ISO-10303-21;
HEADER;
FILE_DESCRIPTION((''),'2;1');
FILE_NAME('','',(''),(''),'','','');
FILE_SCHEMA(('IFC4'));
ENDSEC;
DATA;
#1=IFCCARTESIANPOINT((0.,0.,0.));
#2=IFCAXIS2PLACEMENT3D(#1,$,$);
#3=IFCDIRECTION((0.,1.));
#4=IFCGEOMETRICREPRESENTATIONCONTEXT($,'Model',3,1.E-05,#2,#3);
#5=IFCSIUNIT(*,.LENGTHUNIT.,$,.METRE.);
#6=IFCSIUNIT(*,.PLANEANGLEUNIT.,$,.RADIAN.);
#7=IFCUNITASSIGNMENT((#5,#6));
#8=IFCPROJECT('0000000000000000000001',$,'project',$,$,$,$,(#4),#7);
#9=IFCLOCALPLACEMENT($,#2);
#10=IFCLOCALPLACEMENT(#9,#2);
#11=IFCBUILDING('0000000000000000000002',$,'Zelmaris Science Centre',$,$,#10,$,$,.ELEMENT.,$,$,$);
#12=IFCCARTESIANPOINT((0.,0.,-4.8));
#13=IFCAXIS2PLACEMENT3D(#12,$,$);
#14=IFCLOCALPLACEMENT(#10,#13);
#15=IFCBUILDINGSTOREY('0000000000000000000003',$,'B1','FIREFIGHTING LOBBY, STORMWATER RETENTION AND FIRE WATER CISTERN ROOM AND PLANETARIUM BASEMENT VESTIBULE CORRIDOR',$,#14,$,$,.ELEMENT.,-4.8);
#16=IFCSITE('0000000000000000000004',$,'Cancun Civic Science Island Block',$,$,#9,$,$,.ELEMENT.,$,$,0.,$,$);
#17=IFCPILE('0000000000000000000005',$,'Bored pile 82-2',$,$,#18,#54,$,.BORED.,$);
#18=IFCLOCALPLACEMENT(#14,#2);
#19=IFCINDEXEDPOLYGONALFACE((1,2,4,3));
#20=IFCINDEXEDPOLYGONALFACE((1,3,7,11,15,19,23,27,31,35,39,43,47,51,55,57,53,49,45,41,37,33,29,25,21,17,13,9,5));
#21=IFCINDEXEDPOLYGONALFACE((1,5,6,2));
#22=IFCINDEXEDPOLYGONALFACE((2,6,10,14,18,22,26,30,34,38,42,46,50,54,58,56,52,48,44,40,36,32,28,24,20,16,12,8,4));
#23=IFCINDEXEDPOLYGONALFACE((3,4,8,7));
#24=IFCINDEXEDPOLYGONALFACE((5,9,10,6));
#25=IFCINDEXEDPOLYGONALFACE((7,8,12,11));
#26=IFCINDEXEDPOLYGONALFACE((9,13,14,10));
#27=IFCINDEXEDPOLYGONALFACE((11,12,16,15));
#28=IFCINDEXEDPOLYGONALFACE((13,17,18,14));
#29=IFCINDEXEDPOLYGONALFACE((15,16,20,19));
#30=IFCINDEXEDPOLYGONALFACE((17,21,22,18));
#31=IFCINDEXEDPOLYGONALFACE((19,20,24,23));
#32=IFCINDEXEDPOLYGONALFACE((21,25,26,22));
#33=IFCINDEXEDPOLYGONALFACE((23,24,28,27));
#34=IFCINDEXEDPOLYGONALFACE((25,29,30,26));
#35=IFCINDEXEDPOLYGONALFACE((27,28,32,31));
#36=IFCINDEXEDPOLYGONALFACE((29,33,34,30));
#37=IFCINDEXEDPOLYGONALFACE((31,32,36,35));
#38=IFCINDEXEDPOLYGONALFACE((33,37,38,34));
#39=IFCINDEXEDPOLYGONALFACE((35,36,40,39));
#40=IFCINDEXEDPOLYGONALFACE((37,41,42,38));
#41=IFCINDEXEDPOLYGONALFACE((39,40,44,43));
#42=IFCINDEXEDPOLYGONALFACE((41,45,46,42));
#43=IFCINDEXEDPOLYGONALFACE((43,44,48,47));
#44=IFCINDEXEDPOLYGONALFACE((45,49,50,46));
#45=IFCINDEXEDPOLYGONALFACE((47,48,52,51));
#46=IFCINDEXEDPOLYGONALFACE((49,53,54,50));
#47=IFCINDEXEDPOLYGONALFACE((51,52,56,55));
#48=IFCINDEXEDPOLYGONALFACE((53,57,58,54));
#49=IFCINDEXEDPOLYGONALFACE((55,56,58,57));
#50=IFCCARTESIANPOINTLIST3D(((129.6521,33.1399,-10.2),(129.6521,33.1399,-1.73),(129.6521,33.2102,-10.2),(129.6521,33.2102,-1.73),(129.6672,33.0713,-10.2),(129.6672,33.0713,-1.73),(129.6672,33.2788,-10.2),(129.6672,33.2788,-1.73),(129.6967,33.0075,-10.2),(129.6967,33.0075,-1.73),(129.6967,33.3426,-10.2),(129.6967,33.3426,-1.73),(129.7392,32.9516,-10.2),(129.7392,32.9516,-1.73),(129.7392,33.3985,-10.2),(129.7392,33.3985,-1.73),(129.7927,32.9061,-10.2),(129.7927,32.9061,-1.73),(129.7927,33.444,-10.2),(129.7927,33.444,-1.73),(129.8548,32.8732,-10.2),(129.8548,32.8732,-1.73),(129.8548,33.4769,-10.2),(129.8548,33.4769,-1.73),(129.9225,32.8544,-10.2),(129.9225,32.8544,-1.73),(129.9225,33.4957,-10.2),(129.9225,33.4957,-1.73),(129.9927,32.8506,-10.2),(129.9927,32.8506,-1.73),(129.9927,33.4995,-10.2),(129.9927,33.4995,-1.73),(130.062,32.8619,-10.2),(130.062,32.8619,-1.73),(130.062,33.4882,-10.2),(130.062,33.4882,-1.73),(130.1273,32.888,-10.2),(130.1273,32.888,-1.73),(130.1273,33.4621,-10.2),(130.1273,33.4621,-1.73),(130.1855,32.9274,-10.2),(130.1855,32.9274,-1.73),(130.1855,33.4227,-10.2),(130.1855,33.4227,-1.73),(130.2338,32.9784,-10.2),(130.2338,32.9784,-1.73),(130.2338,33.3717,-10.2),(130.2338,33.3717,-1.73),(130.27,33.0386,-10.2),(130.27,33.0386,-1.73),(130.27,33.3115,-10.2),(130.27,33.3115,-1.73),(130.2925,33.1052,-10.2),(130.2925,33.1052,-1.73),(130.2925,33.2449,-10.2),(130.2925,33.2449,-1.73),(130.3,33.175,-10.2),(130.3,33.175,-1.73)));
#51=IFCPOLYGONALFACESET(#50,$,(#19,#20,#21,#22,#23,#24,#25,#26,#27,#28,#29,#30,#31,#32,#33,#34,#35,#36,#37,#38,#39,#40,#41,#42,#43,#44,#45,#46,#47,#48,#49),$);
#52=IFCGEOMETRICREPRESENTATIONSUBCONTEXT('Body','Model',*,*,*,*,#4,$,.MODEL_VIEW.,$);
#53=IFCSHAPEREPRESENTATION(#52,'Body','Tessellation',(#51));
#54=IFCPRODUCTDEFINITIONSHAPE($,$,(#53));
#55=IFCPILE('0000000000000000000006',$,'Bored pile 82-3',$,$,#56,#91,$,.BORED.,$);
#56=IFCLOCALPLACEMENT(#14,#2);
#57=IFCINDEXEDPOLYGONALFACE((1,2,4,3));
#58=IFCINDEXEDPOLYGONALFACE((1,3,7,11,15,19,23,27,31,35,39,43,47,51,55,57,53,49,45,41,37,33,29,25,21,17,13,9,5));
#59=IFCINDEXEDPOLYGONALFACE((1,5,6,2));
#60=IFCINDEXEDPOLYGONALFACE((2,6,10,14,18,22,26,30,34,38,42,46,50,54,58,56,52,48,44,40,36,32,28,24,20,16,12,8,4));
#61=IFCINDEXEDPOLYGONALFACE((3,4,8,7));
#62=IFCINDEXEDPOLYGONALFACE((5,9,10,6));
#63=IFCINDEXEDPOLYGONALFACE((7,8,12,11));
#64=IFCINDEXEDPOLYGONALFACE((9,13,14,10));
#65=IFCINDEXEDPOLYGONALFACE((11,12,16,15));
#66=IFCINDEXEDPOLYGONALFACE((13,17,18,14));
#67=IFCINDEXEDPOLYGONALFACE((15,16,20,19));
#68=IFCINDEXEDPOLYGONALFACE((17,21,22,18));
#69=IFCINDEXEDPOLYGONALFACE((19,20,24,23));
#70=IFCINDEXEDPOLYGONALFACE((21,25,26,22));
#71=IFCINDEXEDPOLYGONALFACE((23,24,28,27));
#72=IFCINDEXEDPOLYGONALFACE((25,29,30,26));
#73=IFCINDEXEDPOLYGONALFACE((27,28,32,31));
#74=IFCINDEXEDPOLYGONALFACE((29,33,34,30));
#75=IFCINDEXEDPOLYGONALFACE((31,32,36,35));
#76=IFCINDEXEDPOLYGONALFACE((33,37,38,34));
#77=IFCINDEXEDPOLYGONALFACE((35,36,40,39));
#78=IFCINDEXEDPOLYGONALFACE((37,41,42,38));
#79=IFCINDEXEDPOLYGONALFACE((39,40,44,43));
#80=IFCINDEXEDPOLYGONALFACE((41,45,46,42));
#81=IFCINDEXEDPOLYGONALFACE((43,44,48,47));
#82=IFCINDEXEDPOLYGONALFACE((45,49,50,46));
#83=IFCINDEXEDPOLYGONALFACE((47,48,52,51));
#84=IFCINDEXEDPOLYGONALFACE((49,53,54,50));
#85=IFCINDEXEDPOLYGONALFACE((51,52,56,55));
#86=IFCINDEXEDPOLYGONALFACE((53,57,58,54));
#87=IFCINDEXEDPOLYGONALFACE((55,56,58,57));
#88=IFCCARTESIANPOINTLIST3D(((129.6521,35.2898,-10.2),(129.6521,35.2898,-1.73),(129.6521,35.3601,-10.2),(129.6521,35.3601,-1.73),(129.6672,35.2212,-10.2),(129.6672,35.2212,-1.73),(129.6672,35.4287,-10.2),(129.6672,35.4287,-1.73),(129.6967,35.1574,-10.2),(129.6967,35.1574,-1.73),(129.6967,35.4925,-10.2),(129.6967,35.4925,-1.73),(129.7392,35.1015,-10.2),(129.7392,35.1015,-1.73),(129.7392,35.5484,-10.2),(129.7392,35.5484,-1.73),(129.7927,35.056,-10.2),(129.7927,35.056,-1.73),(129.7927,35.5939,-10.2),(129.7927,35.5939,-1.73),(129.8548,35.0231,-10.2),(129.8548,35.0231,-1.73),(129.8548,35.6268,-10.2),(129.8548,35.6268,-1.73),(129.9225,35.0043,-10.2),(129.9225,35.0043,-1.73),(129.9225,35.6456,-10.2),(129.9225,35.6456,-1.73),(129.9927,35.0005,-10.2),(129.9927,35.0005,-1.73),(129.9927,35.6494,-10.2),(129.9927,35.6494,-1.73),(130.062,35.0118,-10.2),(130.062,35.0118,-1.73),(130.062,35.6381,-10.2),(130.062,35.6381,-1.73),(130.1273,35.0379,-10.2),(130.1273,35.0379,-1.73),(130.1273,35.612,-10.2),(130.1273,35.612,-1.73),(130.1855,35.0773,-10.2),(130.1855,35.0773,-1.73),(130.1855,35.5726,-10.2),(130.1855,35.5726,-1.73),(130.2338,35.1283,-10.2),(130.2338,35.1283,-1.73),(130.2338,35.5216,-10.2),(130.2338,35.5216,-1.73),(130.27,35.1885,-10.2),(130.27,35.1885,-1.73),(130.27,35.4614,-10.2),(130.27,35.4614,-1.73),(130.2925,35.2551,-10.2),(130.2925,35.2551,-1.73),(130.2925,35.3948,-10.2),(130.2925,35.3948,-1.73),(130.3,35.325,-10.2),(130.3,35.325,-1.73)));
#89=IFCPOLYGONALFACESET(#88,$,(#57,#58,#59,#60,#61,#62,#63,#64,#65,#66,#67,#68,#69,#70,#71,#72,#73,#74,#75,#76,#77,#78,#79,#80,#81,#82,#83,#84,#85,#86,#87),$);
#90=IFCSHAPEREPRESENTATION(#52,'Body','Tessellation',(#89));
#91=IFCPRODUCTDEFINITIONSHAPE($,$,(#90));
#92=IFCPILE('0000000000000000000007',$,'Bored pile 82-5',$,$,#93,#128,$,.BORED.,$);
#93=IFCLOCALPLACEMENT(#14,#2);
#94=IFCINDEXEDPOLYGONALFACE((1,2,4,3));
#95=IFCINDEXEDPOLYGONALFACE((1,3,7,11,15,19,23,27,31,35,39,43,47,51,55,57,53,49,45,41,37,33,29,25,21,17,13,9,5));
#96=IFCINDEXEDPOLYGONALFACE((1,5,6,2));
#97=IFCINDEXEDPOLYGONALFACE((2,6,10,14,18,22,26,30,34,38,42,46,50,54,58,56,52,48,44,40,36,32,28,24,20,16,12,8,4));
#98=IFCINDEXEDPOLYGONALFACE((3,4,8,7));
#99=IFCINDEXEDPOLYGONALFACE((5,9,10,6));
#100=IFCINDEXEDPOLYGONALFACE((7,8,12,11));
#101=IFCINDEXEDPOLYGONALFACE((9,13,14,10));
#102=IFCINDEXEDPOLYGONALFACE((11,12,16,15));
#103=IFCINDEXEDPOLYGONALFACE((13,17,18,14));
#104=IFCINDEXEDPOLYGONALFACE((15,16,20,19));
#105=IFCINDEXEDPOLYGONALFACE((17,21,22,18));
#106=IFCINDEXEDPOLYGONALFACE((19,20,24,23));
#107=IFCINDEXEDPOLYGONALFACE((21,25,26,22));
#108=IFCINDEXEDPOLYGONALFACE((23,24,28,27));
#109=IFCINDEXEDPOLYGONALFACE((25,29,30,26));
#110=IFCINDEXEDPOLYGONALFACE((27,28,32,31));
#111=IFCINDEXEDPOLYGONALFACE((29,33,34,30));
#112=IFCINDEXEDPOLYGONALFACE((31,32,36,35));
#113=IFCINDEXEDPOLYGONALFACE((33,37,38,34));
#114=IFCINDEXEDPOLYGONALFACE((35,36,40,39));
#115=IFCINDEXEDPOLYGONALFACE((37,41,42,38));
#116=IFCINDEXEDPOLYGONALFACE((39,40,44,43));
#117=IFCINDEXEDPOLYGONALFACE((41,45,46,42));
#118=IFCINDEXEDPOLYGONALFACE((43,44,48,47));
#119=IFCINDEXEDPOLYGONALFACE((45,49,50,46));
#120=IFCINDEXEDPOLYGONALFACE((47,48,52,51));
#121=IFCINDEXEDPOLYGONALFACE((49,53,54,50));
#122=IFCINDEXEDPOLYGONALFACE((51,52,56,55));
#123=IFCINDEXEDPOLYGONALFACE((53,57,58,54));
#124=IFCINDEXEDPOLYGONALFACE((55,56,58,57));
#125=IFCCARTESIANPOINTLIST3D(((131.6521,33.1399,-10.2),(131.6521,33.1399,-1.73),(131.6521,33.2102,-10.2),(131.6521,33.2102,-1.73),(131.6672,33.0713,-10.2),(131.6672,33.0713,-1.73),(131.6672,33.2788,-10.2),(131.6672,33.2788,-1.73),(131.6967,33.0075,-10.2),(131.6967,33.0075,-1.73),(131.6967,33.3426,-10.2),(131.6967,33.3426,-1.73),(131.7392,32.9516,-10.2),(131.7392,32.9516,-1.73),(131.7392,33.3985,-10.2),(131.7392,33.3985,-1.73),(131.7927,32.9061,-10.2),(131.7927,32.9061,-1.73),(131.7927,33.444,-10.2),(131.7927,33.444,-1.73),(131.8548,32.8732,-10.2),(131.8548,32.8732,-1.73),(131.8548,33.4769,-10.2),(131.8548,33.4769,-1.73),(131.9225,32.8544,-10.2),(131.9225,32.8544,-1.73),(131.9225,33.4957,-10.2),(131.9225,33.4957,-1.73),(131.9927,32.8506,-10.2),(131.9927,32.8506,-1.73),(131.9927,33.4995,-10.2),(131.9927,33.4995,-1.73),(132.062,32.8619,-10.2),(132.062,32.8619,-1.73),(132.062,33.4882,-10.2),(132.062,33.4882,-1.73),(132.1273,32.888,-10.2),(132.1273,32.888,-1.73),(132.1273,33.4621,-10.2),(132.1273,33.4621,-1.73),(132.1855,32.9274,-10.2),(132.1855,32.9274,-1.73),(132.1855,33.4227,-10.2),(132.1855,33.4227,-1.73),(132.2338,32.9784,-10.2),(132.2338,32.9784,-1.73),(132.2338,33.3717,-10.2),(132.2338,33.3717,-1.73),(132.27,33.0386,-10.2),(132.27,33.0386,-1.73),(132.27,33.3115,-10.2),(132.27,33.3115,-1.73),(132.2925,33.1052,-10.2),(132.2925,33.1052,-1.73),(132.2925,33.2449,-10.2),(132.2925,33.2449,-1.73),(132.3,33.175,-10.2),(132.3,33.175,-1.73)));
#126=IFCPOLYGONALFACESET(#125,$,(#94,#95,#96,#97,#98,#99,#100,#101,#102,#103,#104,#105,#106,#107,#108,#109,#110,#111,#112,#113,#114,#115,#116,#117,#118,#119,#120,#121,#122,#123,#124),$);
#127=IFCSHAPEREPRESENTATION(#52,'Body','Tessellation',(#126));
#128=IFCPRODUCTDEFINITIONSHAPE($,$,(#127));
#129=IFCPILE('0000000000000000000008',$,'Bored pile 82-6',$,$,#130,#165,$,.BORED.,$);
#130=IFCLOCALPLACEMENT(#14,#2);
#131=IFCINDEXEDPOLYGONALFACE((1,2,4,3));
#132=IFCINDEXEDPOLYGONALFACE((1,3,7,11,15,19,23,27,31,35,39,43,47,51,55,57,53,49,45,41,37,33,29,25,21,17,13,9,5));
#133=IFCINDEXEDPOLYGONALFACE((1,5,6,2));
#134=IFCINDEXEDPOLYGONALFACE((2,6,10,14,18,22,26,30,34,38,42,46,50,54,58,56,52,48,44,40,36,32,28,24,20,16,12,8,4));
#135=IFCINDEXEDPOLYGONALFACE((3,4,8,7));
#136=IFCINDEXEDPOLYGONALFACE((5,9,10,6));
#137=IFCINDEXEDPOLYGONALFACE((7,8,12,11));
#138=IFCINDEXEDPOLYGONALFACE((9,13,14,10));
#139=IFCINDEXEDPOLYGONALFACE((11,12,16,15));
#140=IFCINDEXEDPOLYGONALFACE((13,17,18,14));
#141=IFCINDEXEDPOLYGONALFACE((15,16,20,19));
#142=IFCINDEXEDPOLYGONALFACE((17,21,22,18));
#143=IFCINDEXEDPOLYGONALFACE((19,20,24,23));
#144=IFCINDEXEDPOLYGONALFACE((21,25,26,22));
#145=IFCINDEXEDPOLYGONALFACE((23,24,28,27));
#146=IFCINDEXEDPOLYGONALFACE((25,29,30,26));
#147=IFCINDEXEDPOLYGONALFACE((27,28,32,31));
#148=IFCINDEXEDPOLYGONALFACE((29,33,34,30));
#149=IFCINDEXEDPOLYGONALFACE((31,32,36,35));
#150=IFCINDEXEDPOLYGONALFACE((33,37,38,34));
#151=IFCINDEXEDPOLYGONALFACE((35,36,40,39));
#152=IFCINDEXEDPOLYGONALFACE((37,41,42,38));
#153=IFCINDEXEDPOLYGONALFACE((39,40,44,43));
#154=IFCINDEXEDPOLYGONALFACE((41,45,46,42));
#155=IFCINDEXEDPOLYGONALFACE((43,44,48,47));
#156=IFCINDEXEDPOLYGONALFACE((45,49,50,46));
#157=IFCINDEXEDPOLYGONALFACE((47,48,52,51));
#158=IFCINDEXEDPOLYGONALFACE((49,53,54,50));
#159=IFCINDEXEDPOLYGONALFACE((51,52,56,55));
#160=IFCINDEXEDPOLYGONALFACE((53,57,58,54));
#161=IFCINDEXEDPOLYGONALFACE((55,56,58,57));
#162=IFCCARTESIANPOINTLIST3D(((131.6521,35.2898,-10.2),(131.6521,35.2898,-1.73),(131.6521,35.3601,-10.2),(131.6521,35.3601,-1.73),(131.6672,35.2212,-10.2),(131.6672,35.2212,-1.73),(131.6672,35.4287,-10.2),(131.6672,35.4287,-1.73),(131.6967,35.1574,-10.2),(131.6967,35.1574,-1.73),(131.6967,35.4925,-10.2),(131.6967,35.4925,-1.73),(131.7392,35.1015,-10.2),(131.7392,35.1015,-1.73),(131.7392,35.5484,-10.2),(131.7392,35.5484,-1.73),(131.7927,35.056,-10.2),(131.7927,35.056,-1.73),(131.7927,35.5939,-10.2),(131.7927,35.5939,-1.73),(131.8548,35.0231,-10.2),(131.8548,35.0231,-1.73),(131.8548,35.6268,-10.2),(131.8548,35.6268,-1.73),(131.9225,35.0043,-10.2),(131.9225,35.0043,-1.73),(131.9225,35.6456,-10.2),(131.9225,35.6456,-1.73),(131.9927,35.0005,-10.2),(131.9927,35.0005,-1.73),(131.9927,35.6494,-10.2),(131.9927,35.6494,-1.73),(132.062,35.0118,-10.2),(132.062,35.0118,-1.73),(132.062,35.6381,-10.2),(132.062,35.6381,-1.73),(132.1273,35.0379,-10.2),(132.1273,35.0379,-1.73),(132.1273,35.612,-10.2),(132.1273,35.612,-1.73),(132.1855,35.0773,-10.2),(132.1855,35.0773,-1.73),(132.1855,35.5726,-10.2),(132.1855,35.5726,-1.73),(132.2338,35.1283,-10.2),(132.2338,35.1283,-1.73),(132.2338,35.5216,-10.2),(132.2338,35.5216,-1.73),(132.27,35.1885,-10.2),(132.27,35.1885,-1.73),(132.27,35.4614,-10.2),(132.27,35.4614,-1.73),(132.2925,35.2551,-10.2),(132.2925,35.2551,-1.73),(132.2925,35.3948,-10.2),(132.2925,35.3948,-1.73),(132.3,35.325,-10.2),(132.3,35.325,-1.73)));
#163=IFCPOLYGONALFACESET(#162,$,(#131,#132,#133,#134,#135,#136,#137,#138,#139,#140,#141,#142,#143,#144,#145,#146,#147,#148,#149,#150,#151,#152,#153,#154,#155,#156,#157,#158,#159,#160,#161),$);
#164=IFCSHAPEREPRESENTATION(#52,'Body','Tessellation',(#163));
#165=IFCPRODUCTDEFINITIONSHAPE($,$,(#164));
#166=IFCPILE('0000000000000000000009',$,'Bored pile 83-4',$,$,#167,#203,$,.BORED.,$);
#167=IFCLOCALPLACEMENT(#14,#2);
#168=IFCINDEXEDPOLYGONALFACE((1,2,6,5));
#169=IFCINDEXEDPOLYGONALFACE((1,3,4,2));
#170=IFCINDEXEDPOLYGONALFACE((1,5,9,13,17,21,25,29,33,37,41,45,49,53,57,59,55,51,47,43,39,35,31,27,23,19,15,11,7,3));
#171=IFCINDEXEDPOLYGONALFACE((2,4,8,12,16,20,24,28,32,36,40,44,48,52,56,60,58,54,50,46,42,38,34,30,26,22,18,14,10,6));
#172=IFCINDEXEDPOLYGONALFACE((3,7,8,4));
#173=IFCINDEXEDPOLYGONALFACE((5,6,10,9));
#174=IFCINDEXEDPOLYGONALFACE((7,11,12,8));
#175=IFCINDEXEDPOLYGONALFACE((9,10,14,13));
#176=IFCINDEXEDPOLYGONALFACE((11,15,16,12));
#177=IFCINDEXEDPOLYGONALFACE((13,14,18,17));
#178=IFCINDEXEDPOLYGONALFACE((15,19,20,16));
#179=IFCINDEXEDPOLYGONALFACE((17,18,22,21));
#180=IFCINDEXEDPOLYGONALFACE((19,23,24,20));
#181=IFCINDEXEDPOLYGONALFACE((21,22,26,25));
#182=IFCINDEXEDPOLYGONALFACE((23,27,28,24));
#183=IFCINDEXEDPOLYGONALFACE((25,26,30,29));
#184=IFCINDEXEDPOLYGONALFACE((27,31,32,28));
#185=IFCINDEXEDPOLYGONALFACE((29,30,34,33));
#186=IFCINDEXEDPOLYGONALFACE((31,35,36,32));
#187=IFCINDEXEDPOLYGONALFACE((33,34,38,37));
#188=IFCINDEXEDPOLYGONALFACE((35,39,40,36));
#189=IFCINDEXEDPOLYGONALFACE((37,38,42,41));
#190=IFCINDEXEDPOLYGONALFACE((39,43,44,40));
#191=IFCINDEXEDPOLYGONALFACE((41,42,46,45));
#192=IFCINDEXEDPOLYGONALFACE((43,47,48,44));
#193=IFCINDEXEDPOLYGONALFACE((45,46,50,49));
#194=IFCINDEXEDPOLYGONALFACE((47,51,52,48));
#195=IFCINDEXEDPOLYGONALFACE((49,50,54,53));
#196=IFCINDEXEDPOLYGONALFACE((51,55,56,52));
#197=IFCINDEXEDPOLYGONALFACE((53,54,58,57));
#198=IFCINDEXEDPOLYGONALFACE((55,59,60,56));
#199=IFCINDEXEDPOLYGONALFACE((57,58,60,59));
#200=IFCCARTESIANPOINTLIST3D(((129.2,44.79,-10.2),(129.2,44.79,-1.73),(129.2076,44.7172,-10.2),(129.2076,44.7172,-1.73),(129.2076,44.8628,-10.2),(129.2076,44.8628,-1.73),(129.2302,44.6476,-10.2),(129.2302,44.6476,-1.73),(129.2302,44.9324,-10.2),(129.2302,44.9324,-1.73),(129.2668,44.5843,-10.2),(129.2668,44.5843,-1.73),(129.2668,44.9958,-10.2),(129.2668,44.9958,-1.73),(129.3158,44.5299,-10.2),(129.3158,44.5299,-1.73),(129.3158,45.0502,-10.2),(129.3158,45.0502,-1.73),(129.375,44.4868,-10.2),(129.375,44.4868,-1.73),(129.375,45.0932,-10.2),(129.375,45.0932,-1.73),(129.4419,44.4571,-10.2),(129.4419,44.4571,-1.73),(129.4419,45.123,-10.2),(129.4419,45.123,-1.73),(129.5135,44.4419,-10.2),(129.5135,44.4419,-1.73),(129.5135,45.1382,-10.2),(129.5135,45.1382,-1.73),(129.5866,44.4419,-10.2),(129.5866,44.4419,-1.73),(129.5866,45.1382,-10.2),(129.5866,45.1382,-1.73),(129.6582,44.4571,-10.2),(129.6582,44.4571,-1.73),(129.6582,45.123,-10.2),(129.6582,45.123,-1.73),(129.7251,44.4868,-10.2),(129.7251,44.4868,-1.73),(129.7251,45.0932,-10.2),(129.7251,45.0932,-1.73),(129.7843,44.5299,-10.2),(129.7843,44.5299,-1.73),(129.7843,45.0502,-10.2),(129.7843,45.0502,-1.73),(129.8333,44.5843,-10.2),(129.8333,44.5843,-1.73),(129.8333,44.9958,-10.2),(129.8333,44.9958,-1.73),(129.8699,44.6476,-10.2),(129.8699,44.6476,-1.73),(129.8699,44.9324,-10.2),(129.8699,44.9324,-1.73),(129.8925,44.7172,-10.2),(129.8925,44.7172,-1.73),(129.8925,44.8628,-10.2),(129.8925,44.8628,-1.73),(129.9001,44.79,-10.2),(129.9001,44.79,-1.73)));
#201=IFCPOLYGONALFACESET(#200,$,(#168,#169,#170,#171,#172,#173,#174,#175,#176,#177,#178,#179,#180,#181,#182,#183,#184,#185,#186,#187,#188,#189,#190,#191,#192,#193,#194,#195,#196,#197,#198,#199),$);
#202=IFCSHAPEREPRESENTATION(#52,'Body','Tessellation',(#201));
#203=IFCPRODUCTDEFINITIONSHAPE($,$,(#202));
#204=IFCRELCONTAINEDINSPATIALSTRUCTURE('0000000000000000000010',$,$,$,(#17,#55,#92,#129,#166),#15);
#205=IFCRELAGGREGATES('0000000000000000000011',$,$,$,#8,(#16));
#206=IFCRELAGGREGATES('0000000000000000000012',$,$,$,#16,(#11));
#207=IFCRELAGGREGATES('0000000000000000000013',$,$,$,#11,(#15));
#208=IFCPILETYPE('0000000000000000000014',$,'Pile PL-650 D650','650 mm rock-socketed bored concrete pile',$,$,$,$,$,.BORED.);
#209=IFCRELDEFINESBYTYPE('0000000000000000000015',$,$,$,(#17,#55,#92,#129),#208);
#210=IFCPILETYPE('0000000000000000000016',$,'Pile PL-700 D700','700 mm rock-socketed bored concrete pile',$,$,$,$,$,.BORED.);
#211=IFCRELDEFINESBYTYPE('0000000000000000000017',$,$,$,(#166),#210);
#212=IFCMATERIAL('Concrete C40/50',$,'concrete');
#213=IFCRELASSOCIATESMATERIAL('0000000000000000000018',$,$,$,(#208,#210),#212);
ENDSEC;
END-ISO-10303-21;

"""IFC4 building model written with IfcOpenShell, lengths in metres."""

from ifc_helpers import new_model, si_unit, direction, frame, origin, origin_2d, place, context, subcontext, project, spatial, circle, extrude, material, material_profile, profile_set, type_object, element, save


model = new_model("IFC4")

# Units and contexts
model_context = context("Model", 3, precision=1e-05, world=origin(), true_north=direction((0.0, 1.0)))
body_context = subcontext(model_context, "Body", "Model", "MODEL_VIEW")
ifc_project = project(units=[si_unit("LENGTHUNIT", "METRE"), si_unit("PLANEANGLEUNIT", "RADIAN")], contexts=[model_context])

# Site, building, storey
site_placement = place(None, origin())
site = spatial("IfcSite", under=ifc_project, at=site_placement, Name="Cancun Civic Science Island Block", CompositionType="ELEMENT", RefElevation=0.0)
building_placement = place(site_placement, origin())
building = spatial("IfcBuilding", under=site, at=building_placement, Name="Zelmaris Science Centre", CompositionType="ELEMENT")
storey_placement = place(building_placement, frame((0.0, 0.0, -4.8)))
storey = spatial("IfcBuildingStorey", under=building, at=storey_placement, Name="B1", Description="FIREFIGHTING LOBBY, STORMWATER RETENTION AND FIRE WATER CISTERN ROOM AND PLANETARIUM BASEMENT VESTIBULE CORRIDOR", CompositionType="ELEMENT", Elevation=-4.8)

# Piles
ifc_material_1 = material(Name="Concrete C40/50", Category="concrete")
ifc_material_profile_1 = material_profile(ifc_material_1, circle(Radius=0.325, at=origin_2d()), Name="PILE-650")
ifc_profile_set_1 = profile_set([ifc_material_profile_1], Name="Concrete C40/50")
pile_type_1 = type_object("IfcPileType", Name="Pile PL-650 D650", Description="650 mm rock-socketed bored concrete pile", PredefinedType="BORED", material=ifc_profile_set_1)
for number, where, z_axis, x_axis, name in (
    (1, (129.9751, 33.175, -1.73), (0.0, 0.0, -1.0), (1.0, 0.0, 0.0), "Bored pile 82-2"),
    (2, (129.9751, 35.325, -1.73), (0.0, 0.0, -1.0), (1.0, 0.0, 0.0), "Bored pile 82-3"),
    (3, (131.9751, 33.175, -1.73), (0.0, 0.0, -1.0), (1.0, 0.0, 0.0), "Bored pile 82-5"),
    (4, (131.9751, 35.325, -1.73), (0.0, 0.0, -1.0), (1.0, 0.0, 0.0), "Bored pile 82-6"),
):
    element("IfcPile", number, at=place(storey_placement, frame(where, z_axis=z_axis, x_axis=x_axis)), inside=storey, type_object=pile_type_1, Name=name, PredefinedType="BORED", context=body_context, shape_type="SweptSolid", body=[
        extrude(circle(Radius=0.325, at=origin_2d()), origin(), (0.0, 0.0, 1.0), 8.47),
    ])
ifc_material_profile_2 = material_profile(ifc_material_1, circle(Radius=0.3501, at=origin_2d()), Name="PILE-700")
ifc_profile_set_2 = profile_set([ifc_material_profile_2], Name="Concrete C40/50")
pile_type_2 = type_object("IfcPileType", Name="Pile PL-700 D700", Description="700 mm rock-socketed bored concrete pile", PredefinedType="BORED", material=ifc_profile_set_2)
for number, where, z_axis, x_axis, name in (
    (5, (129.55, 44.79, -1.73), (0.0, 0.0, -1.0), (1.0, 0.0, 0.0), "Bored pile 83-4"),
):
    element("IfcPile", number, at=place(storey_placement, frame(where, z_axis=z_axis, x_axis=x_axis)), inside=storey, type_object=pile_type_2, Name=name, PredefinedType="BORED", context=body_context, shape_type="SweptSolid", body=[
        extrude(circle(Radius=0.3501, at=origin_2d()), origin(), (0.0, 0.0, 1.0), 8.47),
    ])

save(model, "model.ifc")
